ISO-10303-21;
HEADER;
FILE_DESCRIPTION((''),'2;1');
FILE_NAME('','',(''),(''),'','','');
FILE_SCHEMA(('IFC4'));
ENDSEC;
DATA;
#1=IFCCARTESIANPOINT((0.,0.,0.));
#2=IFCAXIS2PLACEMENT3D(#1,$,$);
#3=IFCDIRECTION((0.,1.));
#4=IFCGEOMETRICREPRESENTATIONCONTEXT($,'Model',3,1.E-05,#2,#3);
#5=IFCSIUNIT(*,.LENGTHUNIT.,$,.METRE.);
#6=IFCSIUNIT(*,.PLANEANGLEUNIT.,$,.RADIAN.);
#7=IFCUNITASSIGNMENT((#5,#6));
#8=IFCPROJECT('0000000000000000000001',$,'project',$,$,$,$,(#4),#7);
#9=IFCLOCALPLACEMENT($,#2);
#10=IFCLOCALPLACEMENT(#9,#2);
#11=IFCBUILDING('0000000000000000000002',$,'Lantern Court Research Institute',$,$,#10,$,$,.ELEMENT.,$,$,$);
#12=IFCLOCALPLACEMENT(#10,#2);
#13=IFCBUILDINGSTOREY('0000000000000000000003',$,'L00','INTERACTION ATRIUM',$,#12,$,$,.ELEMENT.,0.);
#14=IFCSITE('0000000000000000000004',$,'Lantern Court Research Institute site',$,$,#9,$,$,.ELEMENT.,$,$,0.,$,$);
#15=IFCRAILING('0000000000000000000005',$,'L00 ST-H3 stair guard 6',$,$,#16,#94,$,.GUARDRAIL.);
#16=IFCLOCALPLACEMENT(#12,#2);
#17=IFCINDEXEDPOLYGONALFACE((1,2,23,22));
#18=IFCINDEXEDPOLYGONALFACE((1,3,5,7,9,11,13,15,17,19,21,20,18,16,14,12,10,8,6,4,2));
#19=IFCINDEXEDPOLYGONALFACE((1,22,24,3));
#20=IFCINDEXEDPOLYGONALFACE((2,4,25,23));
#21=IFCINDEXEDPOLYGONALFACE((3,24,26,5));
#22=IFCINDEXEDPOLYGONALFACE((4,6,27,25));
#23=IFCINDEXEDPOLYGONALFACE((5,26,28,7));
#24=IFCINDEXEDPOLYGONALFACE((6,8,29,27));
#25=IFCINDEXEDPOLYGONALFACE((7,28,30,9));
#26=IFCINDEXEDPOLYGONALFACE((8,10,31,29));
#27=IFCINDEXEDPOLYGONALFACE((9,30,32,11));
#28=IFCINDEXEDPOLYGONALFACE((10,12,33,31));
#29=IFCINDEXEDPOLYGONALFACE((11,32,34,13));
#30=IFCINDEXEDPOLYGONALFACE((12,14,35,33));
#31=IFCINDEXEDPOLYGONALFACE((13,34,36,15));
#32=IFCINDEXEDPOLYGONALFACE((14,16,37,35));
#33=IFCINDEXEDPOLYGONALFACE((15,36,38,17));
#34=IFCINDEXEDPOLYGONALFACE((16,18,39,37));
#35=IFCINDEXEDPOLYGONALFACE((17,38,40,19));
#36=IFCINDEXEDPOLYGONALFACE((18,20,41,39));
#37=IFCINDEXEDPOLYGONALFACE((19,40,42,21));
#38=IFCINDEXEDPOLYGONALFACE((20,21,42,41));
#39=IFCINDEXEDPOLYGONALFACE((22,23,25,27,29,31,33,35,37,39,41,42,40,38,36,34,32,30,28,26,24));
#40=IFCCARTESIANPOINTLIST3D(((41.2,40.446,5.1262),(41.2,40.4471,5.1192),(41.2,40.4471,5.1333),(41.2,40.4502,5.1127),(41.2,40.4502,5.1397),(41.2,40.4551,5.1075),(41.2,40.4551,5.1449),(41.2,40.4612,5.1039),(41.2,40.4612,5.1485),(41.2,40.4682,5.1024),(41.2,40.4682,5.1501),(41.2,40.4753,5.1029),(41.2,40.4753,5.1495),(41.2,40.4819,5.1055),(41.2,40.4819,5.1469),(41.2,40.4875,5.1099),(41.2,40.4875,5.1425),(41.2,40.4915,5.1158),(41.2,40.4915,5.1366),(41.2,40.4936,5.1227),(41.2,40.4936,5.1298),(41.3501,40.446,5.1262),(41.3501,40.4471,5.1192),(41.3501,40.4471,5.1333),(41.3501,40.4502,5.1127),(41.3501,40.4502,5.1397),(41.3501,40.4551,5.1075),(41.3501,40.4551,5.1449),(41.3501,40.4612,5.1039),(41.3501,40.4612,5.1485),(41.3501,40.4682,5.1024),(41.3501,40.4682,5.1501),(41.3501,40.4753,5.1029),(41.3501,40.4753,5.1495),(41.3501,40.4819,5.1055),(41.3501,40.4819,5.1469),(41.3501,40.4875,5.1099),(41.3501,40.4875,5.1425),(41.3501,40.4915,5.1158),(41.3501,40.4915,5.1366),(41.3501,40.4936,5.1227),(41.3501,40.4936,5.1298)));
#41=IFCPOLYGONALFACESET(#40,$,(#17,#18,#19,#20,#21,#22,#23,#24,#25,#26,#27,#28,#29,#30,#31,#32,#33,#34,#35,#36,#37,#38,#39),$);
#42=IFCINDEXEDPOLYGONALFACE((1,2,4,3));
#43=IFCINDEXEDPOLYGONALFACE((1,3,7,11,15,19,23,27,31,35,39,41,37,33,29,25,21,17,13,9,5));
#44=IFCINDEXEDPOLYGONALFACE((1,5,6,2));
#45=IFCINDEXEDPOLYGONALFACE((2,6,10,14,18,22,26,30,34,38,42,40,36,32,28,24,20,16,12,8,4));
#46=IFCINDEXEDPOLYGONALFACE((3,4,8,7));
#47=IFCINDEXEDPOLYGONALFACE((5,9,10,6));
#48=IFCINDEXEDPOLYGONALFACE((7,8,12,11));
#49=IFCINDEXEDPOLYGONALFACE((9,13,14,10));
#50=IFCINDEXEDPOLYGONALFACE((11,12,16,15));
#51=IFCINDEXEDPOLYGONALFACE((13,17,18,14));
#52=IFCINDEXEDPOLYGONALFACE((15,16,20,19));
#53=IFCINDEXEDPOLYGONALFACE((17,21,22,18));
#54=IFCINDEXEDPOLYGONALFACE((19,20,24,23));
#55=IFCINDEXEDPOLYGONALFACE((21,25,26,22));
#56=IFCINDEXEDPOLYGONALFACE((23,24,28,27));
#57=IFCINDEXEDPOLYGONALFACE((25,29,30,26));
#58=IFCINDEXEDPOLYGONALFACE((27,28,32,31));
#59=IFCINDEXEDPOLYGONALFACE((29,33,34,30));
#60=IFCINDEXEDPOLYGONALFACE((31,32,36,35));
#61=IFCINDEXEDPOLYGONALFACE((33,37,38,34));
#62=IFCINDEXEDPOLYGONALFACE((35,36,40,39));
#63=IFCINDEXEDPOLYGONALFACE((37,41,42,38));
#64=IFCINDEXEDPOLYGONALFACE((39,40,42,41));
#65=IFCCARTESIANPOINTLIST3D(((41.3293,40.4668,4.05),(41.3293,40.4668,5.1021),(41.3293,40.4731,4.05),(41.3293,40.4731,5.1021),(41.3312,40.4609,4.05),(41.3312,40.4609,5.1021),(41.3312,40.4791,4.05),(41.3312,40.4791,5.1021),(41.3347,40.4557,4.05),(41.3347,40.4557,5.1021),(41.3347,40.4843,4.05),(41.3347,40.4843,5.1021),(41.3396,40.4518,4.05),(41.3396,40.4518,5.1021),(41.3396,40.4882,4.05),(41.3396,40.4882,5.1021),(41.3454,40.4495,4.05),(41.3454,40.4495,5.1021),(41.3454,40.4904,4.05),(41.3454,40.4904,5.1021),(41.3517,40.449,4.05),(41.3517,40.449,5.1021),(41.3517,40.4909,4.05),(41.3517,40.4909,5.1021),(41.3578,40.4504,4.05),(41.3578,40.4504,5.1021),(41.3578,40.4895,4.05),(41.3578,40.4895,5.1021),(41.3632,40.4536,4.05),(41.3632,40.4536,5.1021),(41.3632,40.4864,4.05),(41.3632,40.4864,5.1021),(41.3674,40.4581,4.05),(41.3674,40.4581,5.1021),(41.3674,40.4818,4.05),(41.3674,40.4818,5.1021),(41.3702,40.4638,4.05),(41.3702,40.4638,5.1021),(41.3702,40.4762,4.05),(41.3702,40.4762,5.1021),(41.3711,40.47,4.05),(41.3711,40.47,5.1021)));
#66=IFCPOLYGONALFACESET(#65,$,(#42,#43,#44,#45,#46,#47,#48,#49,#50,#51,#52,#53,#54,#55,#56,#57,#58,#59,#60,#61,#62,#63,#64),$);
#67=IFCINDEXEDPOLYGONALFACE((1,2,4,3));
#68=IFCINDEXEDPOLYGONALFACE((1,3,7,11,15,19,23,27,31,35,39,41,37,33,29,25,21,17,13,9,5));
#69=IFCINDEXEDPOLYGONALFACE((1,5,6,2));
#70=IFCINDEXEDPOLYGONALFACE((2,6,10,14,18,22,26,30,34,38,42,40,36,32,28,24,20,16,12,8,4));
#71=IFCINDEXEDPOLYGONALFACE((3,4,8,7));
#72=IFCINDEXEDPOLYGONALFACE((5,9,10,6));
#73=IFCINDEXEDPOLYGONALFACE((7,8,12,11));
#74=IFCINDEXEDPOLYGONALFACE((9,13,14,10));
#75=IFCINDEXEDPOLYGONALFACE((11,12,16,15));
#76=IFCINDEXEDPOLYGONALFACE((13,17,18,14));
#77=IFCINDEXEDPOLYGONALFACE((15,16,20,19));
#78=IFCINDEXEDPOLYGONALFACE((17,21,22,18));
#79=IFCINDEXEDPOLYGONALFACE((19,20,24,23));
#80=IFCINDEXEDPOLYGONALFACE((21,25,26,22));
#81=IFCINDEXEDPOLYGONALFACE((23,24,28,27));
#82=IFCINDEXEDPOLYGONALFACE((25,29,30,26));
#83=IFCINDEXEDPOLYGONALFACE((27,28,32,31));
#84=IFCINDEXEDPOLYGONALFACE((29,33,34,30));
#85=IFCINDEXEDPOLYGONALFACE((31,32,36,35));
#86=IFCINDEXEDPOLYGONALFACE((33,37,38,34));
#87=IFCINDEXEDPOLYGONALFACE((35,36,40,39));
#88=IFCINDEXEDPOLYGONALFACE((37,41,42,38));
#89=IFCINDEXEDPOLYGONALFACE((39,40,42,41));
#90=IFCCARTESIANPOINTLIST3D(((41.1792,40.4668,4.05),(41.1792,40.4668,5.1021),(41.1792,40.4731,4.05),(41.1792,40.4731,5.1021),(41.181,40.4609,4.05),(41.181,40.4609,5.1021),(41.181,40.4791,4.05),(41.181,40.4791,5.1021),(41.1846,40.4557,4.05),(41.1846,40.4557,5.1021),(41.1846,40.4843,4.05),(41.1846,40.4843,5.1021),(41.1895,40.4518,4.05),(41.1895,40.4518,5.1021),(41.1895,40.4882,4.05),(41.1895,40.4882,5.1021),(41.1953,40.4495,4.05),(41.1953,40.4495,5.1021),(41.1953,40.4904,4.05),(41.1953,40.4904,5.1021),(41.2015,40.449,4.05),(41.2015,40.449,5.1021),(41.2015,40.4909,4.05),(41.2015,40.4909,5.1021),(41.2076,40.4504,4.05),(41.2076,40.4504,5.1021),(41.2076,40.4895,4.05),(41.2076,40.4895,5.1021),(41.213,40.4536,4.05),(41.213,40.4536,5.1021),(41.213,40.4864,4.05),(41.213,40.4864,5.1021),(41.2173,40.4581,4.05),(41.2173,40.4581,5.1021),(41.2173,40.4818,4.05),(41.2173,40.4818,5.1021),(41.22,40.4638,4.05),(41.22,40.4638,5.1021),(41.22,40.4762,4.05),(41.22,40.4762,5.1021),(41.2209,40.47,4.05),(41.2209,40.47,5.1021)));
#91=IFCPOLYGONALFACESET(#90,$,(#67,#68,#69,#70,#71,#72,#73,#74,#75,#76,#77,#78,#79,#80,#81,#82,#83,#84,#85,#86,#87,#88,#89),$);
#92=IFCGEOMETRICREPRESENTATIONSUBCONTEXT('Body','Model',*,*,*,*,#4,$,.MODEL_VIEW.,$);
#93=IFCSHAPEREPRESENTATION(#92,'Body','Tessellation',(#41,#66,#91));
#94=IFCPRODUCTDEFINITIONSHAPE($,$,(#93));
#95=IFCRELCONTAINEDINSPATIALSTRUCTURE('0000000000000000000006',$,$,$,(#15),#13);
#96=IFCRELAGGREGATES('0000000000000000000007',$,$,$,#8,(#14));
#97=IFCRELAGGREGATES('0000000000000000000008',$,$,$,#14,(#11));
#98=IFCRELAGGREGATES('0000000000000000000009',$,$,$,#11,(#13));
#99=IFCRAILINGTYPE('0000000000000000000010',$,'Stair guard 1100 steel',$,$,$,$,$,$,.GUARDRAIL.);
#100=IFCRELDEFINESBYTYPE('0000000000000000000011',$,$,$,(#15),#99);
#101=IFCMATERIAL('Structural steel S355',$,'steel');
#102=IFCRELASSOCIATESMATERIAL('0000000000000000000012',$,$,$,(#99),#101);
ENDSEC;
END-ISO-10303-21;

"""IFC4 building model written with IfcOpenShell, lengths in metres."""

from ifc_helpers import new_model, si_unit, direction, frame, origin, origin_2d, place, context, subcontext, project, spatial, circle, extrude, material, type_object, element, save


model = new_model("IFC4")

# Units and contexts
model_context = context("Model", 3, precision=1e-05, world=origin(), true_north=direction((0.0, 1.0)))
body_context = subcontext(model_context, "Body", "Model", "MODEL_VIEW")
ifc_project = project(units=[si_unit("LENGTHUNIT", "METRE"), si_unit("PLANEANGLEUNIT", "RADIAN")], contexts=[model_context])

# Site, building, storey
site_placement = place(None, origin())
site = spatial("IfcSite", under=ifc_project, at=site_placement, Name="Lantern Court Research Institute site", CompositionType="ELEMENT", RefElevation=0.0)
building_placement = place(site_placement, origin())
building = spatial("IfcBuilding", under=site, at=building_placement, Name="Lantern Court Research Institute", CompositionType="ELEMENT")
storey_placement = place(building_placement, origin())
storey = spatial("IfcBuildingStorey", under=building, at=storey_placement, Name="L00", Description="INTERACTION ATRIUM", CompositionType="ELEMENT", Elevation=0.0)

# Railing
ifc_material_1 = material(Name="Structural steel S355", Category="steel")
railing_type_1 = type_object("IfcRailingType", Name="Stair guard 1100 steel", PredefinedType="GUARDRAIL", material=ifc_material_1)
railing_1_placement = place(storey_placement, frame((41.3501, 40.47, 4.05)))
element("IfcRailing", 1, at=railing_1_placement, inside=storey, type_object=railing_type_1, Name="L00 ST-H3 stair guard 6", PredefinedType="GUARDRAIL", context=body_context, shape_type="SweptSolid", body=[
    extrude(circle(Radius=0.0239, at=origin_2d()), frame((0.0, 0.0, 1.0762), z_axis=(-1.0, 0.0, 0.0), x_axis=(0.0, -1.0, 0.0)), (0.0, 0.0, 1.0), 0.1501),
    extrude(circle(Radius=0.021, at=origin_2d()), origin(), (0.0, 0.0, 1.0), 1.052),
    extrude(circle(Radius=0.021, at=origin_2d()), frame((-0.1501, 0.0, 0.0)), (0.0, 0.0, 1.0), 1.052),
])

save(model, "model.ifc")
